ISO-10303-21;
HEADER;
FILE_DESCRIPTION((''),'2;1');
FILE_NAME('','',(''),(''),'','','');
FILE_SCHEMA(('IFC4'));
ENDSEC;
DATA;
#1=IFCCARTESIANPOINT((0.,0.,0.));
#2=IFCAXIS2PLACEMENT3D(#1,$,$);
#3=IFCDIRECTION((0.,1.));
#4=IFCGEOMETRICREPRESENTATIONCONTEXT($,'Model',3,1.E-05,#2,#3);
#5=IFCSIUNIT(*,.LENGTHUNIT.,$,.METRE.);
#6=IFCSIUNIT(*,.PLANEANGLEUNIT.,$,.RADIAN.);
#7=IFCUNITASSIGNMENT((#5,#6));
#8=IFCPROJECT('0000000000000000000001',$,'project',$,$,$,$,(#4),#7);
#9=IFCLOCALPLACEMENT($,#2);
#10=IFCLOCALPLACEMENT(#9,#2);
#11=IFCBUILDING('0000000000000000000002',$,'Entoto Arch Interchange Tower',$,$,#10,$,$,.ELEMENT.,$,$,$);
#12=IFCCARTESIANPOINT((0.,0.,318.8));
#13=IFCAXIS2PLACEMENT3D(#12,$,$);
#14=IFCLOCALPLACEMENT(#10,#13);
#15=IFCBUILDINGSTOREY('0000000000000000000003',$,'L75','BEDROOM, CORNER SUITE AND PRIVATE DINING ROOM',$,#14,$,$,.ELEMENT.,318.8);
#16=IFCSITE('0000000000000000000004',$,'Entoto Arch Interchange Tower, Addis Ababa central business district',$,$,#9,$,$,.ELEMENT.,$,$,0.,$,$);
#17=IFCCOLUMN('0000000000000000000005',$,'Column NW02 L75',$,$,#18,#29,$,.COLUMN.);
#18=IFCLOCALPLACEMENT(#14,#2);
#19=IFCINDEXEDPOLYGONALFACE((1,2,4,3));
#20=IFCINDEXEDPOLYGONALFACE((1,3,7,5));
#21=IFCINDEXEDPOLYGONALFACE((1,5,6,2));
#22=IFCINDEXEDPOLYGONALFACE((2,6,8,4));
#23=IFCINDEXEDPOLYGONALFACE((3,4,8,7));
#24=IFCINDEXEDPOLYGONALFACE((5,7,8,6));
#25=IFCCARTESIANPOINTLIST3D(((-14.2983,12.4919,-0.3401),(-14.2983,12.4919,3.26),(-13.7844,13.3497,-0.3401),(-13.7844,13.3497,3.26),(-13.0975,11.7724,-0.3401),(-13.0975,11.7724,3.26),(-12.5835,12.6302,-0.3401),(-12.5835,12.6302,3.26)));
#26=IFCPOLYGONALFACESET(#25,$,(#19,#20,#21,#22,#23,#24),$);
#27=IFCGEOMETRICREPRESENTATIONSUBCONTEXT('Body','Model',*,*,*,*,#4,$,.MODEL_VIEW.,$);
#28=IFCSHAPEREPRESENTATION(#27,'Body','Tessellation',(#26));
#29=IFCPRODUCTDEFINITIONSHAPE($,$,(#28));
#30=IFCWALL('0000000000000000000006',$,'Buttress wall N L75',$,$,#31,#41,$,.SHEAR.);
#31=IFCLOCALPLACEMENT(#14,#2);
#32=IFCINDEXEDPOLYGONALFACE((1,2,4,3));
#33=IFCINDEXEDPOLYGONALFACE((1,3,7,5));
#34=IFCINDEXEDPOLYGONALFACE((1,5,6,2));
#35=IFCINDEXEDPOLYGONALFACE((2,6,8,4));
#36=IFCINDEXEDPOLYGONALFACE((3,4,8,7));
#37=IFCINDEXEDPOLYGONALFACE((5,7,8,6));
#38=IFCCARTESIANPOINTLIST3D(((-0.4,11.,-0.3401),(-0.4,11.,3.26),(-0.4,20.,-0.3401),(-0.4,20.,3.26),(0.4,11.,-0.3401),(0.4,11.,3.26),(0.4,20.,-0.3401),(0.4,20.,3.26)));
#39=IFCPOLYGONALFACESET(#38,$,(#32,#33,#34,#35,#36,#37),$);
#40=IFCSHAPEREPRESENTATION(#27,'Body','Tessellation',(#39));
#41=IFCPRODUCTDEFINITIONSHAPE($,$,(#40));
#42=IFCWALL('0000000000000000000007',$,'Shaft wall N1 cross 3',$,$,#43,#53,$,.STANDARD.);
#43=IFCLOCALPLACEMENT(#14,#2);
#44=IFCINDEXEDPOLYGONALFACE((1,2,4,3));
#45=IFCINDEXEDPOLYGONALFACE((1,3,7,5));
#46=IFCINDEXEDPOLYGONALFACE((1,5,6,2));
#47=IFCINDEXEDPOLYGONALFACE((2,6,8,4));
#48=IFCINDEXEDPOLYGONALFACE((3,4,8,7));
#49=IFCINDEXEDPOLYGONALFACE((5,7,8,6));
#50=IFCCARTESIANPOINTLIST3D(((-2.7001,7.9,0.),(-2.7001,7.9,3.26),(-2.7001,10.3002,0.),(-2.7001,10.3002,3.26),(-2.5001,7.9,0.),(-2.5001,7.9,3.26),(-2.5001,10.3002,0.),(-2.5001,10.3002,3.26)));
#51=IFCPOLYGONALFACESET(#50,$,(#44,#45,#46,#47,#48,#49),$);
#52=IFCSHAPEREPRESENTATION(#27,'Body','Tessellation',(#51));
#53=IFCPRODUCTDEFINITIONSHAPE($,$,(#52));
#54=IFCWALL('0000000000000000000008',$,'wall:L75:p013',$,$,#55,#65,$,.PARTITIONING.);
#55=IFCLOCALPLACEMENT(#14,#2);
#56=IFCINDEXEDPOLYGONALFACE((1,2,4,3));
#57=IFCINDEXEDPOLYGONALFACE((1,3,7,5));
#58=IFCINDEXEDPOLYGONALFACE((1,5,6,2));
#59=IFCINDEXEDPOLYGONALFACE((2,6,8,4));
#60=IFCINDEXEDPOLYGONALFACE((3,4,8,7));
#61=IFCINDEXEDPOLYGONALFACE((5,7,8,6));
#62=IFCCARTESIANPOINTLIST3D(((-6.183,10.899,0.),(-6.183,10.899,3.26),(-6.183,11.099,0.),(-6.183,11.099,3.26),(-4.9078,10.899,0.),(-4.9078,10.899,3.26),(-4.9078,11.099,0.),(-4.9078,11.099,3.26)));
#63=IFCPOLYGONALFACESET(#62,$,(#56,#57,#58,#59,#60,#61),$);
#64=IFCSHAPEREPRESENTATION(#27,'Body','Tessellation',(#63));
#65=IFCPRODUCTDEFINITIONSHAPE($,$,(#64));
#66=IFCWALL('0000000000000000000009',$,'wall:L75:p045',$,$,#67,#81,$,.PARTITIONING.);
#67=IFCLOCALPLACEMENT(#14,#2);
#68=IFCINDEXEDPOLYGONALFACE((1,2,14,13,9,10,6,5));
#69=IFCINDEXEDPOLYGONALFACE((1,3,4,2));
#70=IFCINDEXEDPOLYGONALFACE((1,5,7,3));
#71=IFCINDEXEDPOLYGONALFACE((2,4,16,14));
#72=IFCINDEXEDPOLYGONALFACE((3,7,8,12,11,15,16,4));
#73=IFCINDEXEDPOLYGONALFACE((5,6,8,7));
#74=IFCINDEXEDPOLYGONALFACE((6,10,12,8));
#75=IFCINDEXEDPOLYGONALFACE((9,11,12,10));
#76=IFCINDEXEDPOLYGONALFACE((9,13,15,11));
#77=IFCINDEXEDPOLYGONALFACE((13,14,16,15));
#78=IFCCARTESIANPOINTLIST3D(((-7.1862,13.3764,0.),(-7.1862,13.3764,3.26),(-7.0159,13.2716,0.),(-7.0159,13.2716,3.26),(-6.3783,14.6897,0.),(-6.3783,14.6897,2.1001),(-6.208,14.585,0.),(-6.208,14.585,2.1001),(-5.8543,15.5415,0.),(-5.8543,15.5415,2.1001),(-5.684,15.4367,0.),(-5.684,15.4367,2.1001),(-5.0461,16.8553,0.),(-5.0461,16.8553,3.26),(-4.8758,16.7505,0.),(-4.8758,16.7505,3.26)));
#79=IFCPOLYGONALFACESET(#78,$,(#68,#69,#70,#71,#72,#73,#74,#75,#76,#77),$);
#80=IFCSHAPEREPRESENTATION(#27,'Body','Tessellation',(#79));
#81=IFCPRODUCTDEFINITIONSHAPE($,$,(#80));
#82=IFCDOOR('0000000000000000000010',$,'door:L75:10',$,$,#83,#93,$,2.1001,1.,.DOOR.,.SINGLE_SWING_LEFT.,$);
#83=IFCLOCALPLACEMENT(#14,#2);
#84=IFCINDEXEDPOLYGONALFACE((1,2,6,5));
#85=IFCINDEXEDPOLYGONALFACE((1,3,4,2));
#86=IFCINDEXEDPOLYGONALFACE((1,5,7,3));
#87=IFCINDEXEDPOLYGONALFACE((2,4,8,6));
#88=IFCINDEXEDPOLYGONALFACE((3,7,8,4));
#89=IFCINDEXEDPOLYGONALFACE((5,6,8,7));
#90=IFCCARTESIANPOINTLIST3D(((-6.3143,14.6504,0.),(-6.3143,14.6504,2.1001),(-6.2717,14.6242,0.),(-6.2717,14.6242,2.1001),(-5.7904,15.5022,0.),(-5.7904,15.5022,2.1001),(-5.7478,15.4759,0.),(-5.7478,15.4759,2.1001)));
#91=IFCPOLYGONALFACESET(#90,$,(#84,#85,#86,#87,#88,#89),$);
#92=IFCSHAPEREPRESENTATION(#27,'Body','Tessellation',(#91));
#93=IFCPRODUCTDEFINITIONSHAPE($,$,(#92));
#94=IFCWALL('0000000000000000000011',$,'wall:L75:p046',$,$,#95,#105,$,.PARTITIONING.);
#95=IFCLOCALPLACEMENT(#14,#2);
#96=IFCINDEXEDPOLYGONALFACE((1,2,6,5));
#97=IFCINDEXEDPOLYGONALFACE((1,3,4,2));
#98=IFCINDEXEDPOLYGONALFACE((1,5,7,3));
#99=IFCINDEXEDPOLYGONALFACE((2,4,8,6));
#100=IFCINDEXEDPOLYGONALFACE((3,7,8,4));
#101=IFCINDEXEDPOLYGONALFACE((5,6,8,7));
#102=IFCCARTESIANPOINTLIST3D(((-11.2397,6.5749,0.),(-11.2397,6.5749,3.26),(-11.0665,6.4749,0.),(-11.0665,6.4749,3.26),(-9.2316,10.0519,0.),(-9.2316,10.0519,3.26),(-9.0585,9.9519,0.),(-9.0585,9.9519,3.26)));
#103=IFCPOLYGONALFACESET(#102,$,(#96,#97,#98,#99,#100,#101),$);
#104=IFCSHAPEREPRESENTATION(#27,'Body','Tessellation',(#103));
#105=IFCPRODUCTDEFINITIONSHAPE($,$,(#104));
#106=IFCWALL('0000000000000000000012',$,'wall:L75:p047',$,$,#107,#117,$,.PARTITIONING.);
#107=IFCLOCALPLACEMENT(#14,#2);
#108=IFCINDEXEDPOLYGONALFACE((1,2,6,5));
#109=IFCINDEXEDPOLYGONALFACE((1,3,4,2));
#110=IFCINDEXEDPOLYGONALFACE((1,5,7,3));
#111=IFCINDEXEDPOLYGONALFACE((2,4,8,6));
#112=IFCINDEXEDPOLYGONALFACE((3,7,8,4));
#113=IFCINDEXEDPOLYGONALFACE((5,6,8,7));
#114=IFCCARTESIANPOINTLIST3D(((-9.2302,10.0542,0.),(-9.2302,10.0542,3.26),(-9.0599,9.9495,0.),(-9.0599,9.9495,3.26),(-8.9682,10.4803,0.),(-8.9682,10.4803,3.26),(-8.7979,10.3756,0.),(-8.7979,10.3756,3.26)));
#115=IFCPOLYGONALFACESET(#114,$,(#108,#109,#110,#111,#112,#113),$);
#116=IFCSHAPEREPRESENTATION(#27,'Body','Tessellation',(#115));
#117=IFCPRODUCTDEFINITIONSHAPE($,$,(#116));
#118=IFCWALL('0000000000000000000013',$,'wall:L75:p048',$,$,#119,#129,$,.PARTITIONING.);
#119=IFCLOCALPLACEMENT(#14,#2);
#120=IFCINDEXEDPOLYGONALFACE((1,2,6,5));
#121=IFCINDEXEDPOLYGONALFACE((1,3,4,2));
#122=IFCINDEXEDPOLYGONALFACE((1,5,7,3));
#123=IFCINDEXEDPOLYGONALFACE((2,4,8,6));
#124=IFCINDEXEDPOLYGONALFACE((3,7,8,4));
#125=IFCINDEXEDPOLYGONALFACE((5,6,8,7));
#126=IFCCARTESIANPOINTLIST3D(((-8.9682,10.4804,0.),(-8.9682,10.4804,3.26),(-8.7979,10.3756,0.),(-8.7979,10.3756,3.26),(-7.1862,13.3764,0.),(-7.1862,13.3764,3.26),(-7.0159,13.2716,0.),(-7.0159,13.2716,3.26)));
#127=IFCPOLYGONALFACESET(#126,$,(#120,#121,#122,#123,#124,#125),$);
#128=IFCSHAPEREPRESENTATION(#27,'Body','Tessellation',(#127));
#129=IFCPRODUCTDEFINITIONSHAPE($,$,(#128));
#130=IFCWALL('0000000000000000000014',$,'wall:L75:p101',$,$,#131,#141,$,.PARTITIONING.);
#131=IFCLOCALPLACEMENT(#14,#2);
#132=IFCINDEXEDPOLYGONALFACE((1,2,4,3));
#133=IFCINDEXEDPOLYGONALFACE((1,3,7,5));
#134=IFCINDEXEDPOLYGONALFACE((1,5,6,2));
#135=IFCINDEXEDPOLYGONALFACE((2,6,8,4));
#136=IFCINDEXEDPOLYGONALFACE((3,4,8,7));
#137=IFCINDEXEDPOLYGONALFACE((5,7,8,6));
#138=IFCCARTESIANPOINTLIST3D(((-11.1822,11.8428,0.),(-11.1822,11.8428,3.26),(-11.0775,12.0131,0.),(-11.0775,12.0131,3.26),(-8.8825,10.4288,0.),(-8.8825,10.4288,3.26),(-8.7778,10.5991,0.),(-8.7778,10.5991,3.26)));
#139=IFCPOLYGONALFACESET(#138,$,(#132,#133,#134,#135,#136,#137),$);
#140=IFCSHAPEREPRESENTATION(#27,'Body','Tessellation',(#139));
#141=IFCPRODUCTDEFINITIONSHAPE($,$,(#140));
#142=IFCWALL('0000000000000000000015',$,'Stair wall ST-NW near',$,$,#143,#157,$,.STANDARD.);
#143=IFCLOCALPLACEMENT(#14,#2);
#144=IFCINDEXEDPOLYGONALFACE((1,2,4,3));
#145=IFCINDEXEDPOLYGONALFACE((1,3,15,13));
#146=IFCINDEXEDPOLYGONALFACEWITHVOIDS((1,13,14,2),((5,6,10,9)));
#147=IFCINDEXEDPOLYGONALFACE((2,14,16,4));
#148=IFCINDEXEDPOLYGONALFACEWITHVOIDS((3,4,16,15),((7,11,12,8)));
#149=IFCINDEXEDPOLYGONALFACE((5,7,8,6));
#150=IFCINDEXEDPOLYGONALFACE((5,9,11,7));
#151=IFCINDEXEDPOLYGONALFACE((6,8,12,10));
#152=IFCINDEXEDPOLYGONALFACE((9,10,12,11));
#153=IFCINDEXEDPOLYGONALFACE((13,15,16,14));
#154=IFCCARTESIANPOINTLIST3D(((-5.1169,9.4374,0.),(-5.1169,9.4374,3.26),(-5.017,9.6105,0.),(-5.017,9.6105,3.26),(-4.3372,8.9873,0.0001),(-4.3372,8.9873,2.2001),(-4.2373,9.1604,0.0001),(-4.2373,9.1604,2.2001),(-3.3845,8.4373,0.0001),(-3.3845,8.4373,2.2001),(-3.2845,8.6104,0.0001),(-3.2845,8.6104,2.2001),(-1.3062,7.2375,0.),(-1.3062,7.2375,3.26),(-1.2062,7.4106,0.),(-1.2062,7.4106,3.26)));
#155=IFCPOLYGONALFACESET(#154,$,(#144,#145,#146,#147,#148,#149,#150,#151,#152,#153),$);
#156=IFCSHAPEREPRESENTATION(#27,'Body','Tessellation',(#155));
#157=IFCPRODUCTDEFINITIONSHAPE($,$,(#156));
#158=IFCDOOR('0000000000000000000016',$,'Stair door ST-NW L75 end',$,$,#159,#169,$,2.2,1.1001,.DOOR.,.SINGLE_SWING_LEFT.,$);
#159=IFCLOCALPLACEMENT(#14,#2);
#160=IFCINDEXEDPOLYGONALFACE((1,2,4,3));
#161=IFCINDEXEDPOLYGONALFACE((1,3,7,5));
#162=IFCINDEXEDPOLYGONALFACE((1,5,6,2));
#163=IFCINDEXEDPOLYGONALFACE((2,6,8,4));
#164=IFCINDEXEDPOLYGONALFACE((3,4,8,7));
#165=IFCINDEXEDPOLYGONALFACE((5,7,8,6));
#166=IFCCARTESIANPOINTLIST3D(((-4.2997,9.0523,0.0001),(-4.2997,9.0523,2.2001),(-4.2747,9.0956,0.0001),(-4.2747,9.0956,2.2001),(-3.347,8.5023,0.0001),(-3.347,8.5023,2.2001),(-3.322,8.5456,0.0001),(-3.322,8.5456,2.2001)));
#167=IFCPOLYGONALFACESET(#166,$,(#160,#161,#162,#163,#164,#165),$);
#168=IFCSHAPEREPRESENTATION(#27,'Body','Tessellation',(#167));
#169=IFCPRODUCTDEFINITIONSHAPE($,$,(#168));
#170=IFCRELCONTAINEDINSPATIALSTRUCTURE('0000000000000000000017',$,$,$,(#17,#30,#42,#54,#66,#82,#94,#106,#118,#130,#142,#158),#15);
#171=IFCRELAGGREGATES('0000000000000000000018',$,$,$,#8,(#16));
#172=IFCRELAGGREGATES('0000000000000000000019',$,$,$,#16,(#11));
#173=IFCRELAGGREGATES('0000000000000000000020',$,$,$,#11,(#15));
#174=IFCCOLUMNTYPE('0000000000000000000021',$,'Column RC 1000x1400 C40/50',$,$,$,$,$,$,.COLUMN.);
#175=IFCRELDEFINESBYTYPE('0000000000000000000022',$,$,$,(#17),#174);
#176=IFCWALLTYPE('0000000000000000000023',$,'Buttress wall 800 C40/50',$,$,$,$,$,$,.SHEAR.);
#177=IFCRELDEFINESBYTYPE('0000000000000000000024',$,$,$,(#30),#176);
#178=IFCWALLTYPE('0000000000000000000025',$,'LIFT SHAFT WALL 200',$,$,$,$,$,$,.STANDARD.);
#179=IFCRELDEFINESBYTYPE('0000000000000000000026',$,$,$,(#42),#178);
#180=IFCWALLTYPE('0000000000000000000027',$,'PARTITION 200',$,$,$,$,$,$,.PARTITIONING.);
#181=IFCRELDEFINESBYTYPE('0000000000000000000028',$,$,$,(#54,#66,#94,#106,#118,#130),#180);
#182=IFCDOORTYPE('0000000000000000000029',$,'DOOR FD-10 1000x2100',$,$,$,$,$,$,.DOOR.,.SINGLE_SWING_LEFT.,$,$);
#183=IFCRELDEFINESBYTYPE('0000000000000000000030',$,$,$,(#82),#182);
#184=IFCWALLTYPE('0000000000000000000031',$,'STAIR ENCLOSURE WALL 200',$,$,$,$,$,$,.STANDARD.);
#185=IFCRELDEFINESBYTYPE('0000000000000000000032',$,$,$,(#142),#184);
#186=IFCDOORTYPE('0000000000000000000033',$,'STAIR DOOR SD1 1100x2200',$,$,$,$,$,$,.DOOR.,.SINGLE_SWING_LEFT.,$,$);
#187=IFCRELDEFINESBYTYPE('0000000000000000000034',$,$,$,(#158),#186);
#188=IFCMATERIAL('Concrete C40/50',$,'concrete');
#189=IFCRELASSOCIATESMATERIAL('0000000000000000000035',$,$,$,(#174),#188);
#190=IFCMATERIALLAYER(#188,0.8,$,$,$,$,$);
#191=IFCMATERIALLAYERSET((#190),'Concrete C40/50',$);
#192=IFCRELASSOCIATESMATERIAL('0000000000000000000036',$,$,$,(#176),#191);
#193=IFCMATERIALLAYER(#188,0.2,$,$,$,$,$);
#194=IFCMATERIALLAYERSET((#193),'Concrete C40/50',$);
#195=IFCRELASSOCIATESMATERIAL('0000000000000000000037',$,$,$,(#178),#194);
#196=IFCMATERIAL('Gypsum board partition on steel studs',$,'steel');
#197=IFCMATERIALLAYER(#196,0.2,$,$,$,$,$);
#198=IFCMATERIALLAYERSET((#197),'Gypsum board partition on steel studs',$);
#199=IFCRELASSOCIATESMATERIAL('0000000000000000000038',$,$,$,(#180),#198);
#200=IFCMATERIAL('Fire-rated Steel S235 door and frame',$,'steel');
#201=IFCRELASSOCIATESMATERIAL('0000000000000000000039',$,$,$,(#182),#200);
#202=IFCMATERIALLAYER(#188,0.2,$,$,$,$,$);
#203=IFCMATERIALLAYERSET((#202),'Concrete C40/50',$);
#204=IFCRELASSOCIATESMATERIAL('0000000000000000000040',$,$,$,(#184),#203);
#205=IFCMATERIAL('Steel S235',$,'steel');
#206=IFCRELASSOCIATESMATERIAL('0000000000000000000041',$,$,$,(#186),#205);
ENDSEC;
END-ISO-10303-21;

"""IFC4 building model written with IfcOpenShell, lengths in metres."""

from ifc_helpers import new_model, si_unit, direction, frame, frame_2d, origin, origin_2d, place, context, subcontext, project, spatial, rectangle, extrude, material, layer, layer_set, material_profile, profile_set, type_object, element, fill, save


model = new_model("IFC4")

# Units and contexts
model_context = context("Model", 3, precision=1e-05, world=origin(), true_north=direction((0.0, 1.0)))
body_context = subcontext(model_context, "Body", "Model", "MODEL_VIEW")
ifc_project = project(units=[si_unit("LENGTHUNIT", "METRE"), si_unit("PLANEANGLEUNIT", "RADIAN")], contexts=[model_context])

# Site, building, storey
site_placement = place(None, origin())
site = spatial("IfcSite", under=ifc_project, at=site_placement, Name="Entoto Arch Interchange Tower, Addis Ababa central business district", CompositionType="ELEMENT", RefElevation=0.0)
building_placement = place(site_placement, origin())
building = spatial("IfcBuilding", under=site, at=building_placement, Name="Entoto Arch Interchange Tower", CompositionType="ELEMENT")
storey_placement = place(building_placement, frame((0.0, 0.0, 318.8)))
storey = spatial("IfcBuildingStorey", under=building, at=storey_placement, Name="L75", Description="BEDROOM, CORNER SUITE AND PRIVATE DINING ROOM", CompositionType="ELEMENT", Elevation=318.8)

# Column
ifc_material_1 = material(Name="Concrete C40/50", Category="concrete")
ifc_material_profile = material_profile(ifc_material_1, rectangle(XDim=1.0, YDim=1.3999, at=origin_2d()))
ifc_profile_set = profile_set([ifc_material_profile], Name="Concrete C40/50")
column_type = type_object("IfcColumnType", Name="Column RC 1000x1400 C40/50", PredefinedType="COLUMN", material=ifc_profile_set)
column_placement = place(storey_placement, frame((-13.4409, 12.561, -0.3401), z_axis=(0.0, 0.0, 1.0), x_axis=(0.513946, 0.857823, 0.0)))
element("IfcColumn", 1, at=column_placement, inside=storey, type_object=column_type, Name="Column NW02 L75", PredefinedType="COLUMN", context=body_context, shape_type="SweptSolid", body=[
    extrude(rectangle(XDim=1.0, YDim=1.3999, at=origin_2d()), origin(), (0.0, 0.0, 1.0), 3.6001),
])

# Walls
ifc_layer_1 = layer(ifc_material_1, 0.8)
ifc_layer_set_1 = layer_set([ifc_layer_1], Name="Concrete C40/50")
wall_type_1 = type_object("IfcWallType", Name="Buttress wall 800 C40/50", PredefinedType="SHEAR", material=ifc_layer_set_1)
wall_1_placement = place(storey_placement, frame((0.0, 11.0, -0.3401), z_axis=(0.0, 0.0, 1.0), x_axis=(0.0, 1.0, 0.0)))
element("IfcWall", 2, at=wall_1_placement, inside=storey, type_object=wall_type_1, Name="Buttress wall N L75", PredefinedType="SHEAR", context=body_context, shape_type="SweptSolid", body=[
    extrude(rectangle(XDim=9.0, YDim=0.8, at=frame_2d((4.5, 0.0))), origin(), (0.0, 0.0, 1.0), 3.6001),
])
ifc_layer_2 = layer(ifc_material_1, 0.2)
ifc_layer_set_2 = layer_set([ifc_layer_2], Name="Concrete C40/50")
wall_type_2 = type_object("IfcWallType", Name="LIFT SHAFT WALL 200", PredefinedType="STANDARD", material=ifc_layer_set_2)
wall_2_placement = place(storey_placement, frame((-2.6001, 7.8999, 0.0), z_axis=(0.0, 0.0, 1.0), x_axis=(0.0, 1.0, 0.0)))
element("IfcWall", 3, at=wall_2_placement, inside=storey, type_object=wall_type_2, Name="Shaft wall N1 cross 3", PredefinedType="STANDARD", context=body_context, shape_type="SweptSolid", body=[
    extrude(rectangle(XDim=2.4001, YDim=0.2, at=frame_2d((1.2002, 0.0))), origin(), (0.0, 0.0, 1.0), 3.26),
])
ifc_material_2 = material(Name="Gypsum board partition on steel studs", Category="steel")
ifc_layer_3 = layer(ifc_material_2, 0.2)
ifc_layer_set_3 = layer_set([ifc_layer_3], Name="Gypsum board partition on steel studs")
wall_type_3 = type_object("IfcWallType", Name="PARTITION 200", PredefinedType="PARTITIONING", material=ifc_layer_set_3)
wall_3_placement = place(storey_placement, frame((-6.1831, 10.999, 0.0), z_axis=(0.0, 0.0, 1.0), x_axis=(1.0, 0.0, 0.0)))
element("IfcWall", 4, at=wall_3_placement, inside=storey, type_object=wall_type_3, Name="wall:L75:p013", PredefinedType="PARTITIONING", context=body_context, shape_type="SweptSolid", body=[
    extrude(rectangle(XDim=1.2751, YDim=0.2, at=frame_2d((0.6377, 0.0))), origin(), (0.0, 0.0, 1.0), 3.26),
])

# Wall, opening, door
wall_4_placement = place(storey_placement, frame((-7.1011, 13.324, 0.0), z_axis=(0.0, 0.0, 1.0), x_axis=(0.523957, 0.851744, 0.0)))
wall_4 = element("IfcWall", 5, at=wall_4_placement, inside=storey, type_object=wall_type_3, Name="wall:L75:p045", PredefinedType="PARTITIONING", context=body_context, shape_type="SweptSolid", body=[
    extrude(rectangle(XDim=4.0845, YDim=0.2, at=frame_2d((2.0422, 0.0))), origin(), (0.0, 0.0, 1.0), 3.26),
])
opening_1_placement = place(wall_4_placement, frame((1.542, 0.0, 0.0)))
opening_1 = element("IfcOpeningElement", 6, at=opening_1_placement, cuts=wall_4, PredefinedType="OPENING", context=body_context, shape_type="SweptSolid", body=[
    extrude(rectangle(XDim=1.0, YDim=2.1001, at=frame_2d((0.5, 1.05))), frame((0.0, 0.1099, 0.0), z_axis=(0.0, -1.0, 0.0), x_axis=(1.0, 0.0, 0.0)), (0.0, 0.0, 1.0), 0.22),
])
ifc_material_3 = material(Name="Fire-rated Steel S235 door and frame", Category="steel")
door_type_1 = type_object("IfcDoorType", Name="DOOR FD-10 1000x2100", OperationType="SINGLE_SWING_LEFT", PredefinedType="DOOR", material=ifc_material_3)
door_1_placement = place(opening_1_placement, origin())
door_1 = element("IfcDoor", 7, at=door_1_placement, inside=storey, type_object=door_type_1, Name="door:L75:10", OperationType="SINGLE_SWING_LEFT", OverallHeight=2.1001, OverallWidth=1.0, PredefinedType="DOOR", context=body_context, shape_type="SweptSolid", body=[
    extrude(rectangle(XDim=1.0, YDim=2.1001, at=frame_2d((0.5, 1.05))), frame((0.0, 0.0249, 0.0), z_axis=(0.0, -1.0, 0.0), x_axis=(1.0, 0.0, 0.0)), (0.0, 0.0, 1.0), 0.05),
])
fill(opening_1, door_1)

# Walls
wall_5_placement = place(storey_placement, frame((-11.1531, 6.5249, 0.0), z_axis=(0.0, 0.0, 1.0), x_axis=(0.500108, 0.865963, 0.0)))
element("IfcWall", 8, at=wall_5_placement, inside=storey, type_object=wall_type_3, Name="wall:L75:p046", PredefinedType="PARTITIONING", context=body_context, shape_type="SweptSolid", body=[
    extrude(rectangle(XDim=4.0151, YDim=0.2, at=frame_2d((2.0076, 0.0))), origin(), (0.0, 0.0, 1.0), 3.26),
])
wall_6_placement = place(storey_placement, frame((-9.145, 10.002, 0.0), z_axis=(0.0, 0.0, 1.0), x_axis=(0.523798, 0.851843, 0.0)))
element("IfcWall", 9, at=wall_6_placement, inside=storey, type_object=wall_type_3, Name="wall:L75:p047", PredefinedType="PARTITIONING", context=body_context, shape_type="SweptSolid", body=[
    extrude(rectangle(XDim=0.5002, YDim=0.2, at=frame_2d((0.25, 0.0))), origin(), (0.0, 0.0, 1.0), 3.26),
])
wall_7_placement = place(storey_placement, frame((-8.8831, 10.428, 0.0), z_axis=(0.0, 0.0, 1.0), x_axis=(0.524061, 0.851681, 0.0)))
element("IfcWall", 10, at=wall_7_placement, inside=storey, type_object=wall_type_3, Name="wall:L75:p048", PredefinedType="PARTITIONING", context=body_context, shape_type="SweptSolid", body=[
    extrude(rectangle(XDim=3.4004, YDim=0.2, at=frame_2d((1.7002, 0.0))), origin(), (0.0, 0.0, 1.0), 3.26),
])
wall_8_placement = place(storey_placement, frame((-11.1299, 11.928, 0.0), z_axis=(0.0, 0.0, 1.0), x_axis=(0.851857, -0.523774, 0.0)))
element("IfcWall", 11, at=wall_8_placement, inside=storey, type_object=wall_type_3, Name="wall:L75:p101", PredefinedType="PARTITIONING", context=body_context, shape_type="SweptSolid", body=[
    extrude(rectangle(XDim=2.6997, YDim=0.2, at=frame_2d((1.3499, 0.0))), origin(), (0.0, 0.0, 1.0), 3.26),
])

# Wall, opening, door
ifc_layer_4 = layer(ifc_material_1, 0.2)
ifc_layer_set_4 = layer_set([ifc_layer_4], Name="Concrete C40/50")
wall_type_4 = type_object("IfcWallType", Name="STAIR ENCLOSURE WALL 200", PredefinedType="STANDARD", material=ifc_layer_set_4)
wall_9_placement = place(storey_placement, frame((-1.2561, 7.324, 0.0), z_axis=(0.0, 0.0, 1.0), x_axis=(-0.866046, 0.499964, 0.0)))
wall_9 = element("IfcWall", 12, at=wall_9_placement, inside=storey, type_object=wall_type_4, Name="Stair wall ST-NW near", PredefinedType="STANDARD", context=body_context, shape_type="SweptSolid", body=[
    extrude(rectangle(XDim=4.4001, YDim=0.2, at=frame_2d((2.2002, 0.0))), origin(), (0.0, 0.0, 1.0), 3.26),
])
opening_2_placement = place(wall_9_placement, frame((2.3999, 0.0, 0.0)))
opening_2 = element("IfcOpeningElement", 13, at=opening_2_placement, cuts=wall_9, PredefinedType="OPENING", context=body_context, shape_type="SweptSolid", body=[
    extrude(rectangle(XDim=1.1001, YDim=2.2, at=frame_2d((0.55, 1.1001))), frame((0.0, 0.1099, 0.0), z_axis=(0.0, -1.0, 0.0), x_axis=(1.0, 0.0, 0.0)), (0.0, 0.0, 1.0), 0.22),
])
ifc_material_4 = material(Name="Steel S235", Category="steel")
door_type_2 = type_object("IfcDoorType", Name="STAIR DOOR SD1 1100x2200", OperationType="SINGLE_SWING_LEFT", PredefinedType="DOOR", material=ifc_material_4)
door_2_placement = place(opening_2_placement, origin())
door_2 = element("IfcDoor", 14, at=door_2_placement, inside=storey, type_object=door_type_2, Name="Stair door ST-NW L75 end", OperationType="SINGLE_SWING_LEFT", OverallHeight=2.2, OverallWidth=1.1001, PredefinedType="DOOR", context=body_context, shape_type="SweptSolid", body=[
    extrude(rectangle(XDim=1.1001, YDim=2.2, at=frame_2d((0.55, 1.1001))), frame((0.0, 0.0249, 0.0), z_axis=(0.0, -1.0, 0.0), x_axis=(1.0, 0.0, 0.0)), (0.0, 0.0, 1.0), 0.05),
])
fill(opening_2, door_2)

save(model, "model.ifc")
